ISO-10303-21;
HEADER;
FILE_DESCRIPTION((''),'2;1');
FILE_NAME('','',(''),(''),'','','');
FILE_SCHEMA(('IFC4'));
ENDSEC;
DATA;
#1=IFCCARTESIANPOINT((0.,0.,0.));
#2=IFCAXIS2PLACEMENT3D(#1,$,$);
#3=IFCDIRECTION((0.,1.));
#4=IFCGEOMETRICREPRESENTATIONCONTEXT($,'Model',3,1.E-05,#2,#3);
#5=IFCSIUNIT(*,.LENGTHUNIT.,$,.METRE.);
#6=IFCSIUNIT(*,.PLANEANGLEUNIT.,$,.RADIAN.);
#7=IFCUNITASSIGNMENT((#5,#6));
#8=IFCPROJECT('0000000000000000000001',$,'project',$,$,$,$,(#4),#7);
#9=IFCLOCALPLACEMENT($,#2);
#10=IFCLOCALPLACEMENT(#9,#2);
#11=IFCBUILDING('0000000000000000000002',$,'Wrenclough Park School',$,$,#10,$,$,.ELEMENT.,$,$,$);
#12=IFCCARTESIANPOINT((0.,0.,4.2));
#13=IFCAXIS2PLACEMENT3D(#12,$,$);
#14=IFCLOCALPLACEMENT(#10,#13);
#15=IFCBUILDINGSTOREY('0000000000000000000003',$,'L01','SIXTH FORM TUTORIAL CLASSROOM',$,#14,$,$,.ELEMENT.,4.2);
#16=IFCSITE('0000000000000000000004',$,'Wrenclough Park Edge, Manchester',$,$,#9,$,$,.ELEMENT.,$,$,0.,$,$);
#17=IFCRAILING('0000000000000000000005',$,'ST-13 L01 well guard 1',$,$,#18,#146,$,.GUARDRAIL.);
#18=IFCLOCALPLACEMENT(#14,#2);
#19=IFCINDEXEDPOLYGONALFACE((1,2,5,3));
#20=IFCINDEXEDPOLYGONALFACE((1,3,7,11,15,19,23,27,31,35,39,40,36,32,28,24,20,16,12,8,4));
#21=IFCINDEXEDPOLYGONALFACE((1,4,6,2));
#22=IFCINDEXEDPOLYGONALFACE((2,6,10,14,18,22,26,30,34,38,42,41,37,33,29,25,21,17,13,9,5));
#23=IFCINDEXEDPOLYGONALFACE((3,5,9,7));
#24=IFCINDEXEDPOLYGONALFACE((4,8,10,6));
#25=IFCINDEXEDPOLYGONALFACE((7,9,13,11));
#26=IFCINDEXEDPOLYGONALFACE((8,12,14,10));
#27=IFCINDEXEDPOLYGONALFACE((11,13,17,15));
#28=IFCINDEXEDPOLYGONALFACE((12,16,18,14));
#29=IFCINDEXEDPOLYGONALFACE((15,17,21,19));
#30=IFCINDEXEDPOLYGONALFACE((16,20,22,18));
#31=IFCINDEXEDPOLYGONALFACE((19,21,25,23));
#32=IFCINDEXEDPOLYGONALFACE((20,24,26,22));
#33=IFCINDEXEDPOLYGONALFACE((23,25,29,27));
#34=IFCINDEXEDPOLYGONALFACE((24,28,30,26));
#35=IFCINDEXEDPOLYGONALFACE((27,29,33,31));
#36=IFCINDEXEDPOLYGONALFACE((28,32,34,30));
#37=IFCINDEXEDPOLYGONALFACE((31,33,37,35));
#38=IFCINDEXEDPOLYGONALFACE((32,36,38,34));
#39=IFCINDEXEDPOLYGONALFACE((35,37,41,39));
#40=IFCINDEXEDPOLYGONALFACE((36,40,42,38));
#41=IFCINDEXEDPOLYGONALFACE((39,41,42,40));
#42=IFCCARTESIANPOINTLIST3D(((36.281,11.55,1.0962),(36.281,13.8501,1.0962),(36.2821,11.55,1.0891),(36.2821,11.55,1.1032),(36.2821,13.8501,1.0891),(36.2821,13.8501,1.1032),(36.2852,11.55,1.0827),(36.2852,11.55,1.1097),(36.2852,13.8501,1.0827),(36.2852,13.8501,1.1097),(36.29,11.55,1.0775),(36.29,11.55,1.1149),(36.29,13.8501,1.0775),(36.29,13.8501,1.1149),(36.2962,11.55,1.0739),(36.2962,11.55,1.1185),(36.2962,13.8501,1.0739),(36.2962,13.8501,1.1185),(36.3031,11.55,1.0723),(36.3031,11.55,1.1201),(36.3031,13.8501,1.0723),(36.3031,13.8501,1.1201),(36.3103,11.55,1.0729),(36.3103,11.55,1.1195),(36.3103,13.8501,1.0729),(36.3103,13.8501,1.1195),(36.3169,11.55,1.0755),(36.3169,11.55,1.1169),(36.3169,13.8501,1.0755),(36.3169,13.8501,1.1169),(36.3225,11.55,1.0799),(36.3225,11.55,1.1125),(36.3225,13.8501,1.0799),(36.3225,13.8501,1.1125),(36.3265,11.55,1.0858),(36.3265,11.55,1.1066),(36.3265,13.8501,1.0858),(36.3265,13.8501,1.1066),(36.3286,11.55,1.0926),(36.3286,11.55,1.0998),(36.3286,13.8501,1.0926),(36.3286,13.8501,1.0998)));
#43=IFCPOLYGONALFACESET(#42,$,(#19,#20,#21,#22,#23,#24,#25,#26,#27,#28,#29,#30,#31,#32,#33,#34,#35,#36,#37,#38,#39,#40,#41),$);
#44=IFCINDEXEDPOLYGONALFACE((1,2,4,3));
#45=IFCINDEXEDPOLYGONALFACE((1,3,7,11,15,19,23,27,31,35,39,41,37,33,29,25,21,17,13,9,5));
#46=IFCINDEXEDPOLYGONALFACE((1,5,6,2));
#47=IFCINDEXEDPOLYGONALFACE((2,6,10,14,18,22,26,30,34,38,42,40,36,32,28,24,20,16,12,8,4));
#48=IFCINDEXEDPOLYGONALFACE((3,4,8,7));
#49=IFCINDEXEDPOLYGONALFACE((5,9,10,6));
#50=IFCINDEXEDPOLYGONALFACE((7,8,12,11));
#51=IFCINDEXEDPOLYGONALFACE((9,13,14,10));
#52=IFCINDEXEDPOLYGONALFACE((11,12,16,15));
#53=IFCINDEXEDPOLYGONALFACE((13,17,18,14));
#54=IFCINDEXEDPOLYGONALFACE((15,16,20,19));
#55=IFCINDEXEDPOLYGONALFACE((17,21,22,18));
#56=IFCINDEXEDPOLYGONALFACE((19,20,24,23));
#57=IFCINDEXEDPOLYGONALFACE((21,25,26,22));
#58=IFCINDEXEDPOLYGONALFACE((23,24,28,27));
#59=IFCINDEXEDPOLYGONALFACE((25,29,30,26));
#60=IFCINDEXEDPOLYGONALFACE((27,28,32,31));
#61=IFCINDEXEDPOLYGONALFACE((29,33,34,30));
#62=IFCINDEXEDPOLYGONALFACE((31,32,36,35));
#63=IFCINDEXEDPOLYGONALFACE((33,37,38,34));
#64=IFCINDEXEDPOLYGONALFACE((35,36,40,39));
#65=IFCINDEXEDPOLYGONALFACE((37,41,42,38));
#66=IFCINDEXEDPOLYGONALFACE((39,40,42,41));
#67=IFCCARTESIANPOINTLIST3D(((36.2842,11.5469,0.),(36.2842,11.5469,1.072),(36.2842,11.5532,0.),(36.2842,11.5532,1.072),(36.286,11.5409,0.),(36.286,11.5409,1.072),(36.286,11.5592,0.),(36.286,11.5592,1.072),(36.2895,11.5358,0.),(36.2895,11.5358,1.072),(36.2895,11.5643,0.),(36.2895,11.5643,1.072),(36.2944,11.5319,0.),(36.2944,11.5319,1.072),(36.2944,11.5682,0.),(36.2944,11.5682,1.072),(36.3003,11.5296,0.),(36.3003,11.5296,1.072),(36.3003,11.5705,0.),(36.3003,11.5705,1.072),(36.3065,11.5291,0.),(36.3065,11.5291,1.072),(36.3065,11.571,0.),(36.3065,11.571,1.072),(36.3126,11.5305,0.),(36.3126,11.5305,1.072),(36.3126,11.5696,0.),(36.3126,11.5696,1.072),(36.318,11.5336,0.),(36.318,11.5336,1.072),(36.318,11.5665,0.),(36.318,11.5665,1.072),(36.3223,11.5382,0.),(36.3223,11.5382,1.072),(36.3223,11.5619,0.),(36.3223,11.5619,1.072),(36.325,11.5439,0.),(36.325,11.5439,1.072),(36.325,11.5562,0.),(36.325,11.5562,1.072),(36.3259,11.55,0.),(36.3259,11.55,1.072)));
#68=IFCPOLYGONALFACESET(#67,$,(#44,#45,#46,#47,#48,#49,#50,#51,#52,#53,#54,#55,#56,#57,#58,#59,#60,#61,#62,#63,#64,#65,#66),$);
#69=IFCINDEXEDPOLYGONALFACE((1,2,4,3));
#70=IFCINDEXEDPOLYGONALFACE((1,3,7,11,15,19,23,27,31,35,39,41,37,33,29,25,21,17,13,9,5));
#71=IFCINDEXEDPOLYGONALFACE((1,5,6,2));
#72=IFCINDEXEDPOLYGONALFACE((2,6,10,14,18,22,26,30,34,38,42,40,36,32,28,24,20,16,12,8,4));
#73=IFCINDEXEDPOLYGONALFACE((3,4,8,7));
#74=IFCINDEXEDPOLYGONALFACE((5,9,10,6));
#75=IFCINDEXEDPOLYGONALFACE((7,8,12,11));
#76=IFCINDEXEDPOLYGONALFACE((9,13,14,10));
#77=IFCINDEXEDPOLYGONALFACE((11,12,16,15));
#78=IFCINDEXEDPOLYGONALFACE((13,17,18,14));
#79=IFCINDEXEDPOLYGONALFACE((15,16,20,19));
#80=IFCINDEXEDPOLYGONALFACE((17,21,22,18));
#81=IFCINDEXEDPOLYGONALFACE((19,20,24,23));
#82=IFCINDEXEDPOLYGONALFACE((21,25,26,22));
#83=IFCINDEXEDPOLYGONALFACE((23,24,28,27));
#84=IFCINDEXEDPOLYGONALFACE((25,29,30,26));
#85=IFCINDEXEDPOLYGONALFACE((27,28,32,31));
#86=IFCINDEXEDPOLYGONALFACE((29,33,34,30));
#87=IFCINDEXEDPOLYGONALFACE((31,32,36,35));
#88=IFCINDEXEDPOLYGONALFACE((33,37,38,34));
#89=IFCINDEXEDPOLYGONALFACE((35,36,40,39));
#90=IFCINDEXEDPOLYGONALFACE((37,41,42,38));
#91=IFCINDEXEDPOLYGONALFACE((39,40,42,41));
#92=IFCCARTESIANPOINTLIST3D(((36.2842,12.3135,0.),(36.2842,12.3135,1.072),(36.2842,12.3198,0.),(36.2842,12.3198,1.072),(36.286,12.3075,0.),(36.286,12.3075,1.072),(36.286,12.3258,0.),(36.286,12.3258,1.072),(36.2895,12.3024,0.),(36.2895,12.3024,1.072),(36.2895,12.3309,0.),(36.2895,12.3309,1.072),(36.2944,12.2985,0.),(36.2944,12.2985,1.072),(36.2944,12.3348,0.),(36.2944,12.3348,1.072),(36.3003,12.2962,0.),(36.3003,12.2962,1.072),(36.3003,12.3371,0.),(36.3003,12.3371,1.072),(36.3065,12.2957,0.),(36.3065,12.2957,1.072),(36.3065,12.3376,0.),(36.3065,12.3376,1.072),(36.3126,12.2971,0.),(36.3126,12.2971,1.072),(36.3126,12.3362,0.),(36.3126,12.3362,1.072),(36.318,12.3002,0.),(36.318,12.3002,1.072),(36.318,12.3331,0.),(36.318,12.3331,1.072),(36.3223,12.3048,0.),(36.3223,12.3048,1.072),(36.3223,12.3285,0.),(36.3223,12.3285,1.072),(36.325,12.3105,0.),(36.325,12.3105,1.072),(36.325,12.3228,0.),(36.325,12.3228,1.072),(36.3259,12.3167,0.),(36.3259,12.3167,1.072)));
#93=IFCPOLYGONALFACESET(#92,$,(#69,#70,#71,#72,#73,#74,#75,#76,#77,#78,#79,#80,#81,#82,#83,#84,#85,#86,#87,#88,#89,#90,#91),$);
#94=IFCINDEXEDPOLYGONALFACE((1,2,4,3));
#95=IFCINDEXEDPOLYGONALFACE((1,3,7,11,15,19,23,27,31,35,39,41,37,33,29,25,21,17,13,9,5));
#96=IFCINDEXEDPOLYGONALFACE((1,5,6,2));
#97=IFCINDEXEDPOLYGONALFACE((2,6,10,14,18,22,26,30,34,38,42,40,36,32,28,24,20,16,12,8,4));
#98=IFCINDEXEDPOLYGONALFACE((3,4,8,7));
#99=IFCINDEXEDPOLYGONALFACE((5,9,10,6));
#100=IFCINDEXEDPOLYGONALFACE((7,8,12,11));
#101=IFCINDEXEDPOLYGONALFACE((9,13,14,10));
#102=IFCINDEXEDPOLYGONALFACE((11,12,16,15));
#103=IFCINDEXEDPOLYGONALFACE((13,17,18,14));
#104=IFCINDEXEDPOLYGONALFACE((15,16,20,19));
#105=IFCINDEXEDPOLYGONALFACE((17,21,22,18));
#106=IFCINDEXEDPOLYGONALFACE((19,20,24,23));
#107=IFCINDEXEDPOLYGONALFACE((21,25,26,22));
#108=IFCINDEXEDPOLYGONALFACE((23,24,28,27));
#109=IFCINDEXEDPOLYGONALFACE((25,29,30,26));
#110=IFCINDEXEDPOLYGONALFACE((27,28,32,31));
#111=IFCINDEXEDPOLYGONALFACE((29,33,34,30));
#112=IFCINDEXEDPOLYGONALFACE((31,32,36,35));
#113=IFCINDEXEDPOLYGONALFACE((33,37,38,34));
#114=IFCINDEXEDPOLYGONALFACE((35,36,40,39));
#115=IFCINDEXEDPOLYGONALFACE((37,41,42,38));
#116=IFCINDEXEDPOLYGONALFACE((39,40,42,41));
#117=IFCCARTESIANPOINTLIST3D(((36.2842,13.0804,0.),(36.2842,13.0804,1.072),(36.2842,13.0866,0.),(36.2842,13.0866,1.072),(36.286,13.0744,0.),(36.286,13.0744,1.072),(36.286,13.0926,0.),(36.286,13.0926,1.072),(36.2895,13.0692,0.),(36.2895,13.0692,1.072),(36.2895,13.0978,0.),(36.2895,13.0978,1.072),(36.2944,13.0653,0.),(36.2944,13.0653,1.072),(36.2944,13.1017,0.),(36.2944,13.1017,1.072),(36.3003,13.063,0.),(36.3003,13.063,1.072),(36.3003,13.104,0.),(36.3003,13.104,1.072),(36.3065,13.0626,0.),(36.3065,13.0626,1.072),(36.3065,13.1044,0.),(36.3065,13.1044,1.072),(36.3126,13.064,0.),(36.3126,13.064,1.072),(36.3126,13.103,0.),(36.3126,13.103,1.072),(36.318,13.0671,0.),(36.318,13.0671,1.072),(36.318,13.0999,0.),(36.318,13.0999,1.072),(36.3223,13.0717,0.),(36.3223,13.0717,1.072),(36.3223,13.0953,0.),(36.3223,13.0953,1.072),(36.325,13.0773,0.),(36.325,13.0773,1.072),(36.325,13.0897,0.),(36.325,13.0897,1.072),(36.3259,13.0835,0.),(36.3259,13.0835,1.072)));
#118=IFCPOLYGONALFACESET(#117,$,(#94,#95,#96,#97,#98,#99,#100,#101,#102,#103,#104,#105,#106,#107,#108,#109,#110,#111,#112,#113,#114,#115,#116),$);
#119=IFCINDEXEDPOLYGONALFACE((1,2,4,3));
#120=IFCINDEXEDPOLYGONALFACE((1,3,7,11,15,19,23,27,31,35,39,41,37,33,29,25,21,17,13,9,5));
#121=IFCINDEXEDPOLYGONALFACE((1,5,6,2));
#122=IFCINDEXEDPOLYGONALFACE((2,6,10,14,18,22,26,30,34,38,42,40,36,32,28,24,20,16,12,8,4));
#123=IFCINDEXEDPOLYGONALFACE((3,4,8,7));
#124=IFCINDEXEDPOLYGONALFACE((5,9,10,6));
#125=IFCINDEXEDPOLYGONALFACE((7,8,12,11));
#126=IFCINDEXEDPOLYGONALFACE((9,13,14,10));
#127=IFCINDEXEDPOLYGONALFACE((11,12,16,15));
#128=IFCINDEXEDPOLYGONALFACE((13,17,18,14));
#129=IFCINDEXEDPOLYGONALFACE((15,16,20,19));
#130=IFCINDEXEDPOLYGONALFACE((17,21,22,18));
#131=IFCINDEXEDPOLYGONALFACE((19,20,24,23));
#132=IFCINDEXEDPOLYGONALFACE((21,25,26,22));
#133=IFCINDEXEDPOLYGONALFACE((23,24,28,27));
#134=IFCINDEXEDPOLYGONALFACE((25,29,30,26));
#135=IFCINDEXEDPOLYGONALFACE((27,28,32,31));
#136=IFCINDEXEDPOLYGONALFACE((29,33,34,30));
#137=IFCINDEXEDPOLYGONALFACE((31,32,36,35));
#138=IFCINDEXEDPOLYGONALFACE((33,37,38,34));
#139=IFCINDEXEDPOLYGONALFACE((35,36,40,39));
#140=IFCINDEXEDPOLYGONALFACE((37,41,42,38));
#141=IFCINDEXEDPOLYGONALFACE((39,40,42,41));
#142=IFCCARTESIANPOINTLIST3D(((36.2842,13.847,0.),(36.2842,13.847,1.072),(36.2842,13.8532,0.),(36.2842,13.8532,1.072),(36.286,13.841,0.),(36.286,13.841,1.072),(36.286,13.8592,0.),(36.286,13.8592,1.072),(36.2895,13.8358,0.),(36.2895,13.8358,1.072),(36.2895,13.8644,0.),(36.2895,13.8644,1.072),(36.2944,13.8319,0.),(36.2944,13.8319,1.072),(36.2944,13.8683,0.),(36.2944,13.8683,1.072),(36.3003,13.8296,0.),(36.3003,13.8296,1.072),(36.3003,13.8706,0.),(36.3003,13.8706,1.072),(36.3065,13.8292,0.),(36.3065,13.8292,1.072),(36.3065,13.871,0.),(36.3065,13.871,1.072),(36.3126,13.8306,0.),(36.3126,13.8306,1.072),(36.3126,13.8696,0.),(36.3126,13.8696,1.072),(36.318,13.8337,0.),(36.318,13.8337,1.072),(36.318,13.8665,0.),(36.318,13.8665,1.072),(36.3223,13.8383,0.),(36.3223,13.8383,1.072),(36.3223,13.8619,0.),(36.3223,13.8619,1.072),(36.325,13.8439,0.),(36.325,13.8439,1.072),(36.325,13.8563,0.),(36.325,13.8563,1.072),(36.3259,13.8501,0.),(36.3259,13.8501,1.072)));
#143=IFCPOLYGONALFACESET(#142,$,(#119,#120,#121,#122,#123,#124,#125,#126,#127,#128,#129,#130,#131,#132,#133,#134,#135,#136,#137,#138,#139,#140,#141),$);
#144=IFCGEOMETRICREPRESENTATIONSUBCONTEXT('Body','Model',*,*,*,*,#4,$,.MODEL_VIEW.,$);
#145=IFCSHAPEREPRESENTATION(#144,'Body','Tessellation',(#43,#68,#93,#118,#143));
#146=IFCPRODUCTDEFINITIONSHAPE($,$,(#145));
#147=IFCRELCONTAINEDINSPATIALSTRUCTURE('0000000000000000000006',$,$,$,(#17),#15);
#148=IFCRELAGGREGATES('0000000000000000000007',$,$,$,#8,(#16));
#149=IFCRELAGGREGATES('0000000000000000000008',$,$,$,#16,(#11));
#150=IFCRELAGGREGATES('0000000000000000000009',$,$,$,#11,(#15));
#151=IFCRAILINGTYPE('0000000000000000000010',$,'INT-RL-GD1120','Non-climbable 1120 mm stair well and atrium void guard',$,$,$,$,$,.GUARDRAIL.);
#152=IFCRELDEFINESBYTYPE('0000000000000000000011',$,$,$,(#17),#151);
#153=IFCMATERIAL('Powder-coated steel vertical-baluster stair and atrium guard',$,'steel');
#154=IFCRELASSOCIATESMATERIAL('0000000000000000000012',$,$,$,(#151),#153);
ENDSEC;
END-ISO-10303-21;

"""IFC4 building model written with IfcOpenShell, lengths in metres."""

from ifc_helpers import new_model, si_unit, direction, frame, origin, origin_2d, place, context, subcontext, project, spatial, circle, extrude, material, type_object, element, save


model = new_model("IFC4")

# Units and contexts
model_context = context("Model", 3, precision=1e-05, world=origin(), true_north=direction((0.0, 1.0)))
body_context = subcontext(model_context, "Body", "Model", "MODEL_VIEW")
ifc_project = project(units=[si_unit("LENGTHUNIT", "METRE"), si_unit("PLANEANGLEUNIT", "RADIAN")], contexts=[model_context])

# Site, building, storey
site_placement = place(None, origin())
site = spatial("IfcSite", under=ifc_project, at=site_placement, Name="Wrenclough Park Edge, Manchester", CompositionType="ELEMENT", RefElevation=0.0)
building_placement = place(site_placement, origin())
building = spatial("IfcBuilding", under=site, at=building_placement, Name="Wrenclough Park School", CompositionType="ELEMENT")
storey_placement = place(building_placement, frame((0.0, 0.0, 4.2)))
storey = spatial("IfcBuildingStorey", under=building, at=storey_placement, Name="L01", Description="SIXTH FORM TUTORIAL CLASSROOM", CompositionType="ELEMENT", Elevation=4.2)

# Railing
ifc_material_1 = material(Name="Powder-coated steel vertical-baluster stair and atrium guard", Category="steel")
railing_type_1 = type_object("IfcRailingType", Name="INT-RL-GD1120", Description="Non-climbable 1120 mm stair well and atrium void guard", PredefinedType="GUARDRAIL", material=ifc_material_1)
railing_1_placement = place(storey_placement, frame((36.3049, 11.55, 0.0)))
element("IfcRailing", 1, at=railing_1_placement, inside=storey, type_object=railing_type_1, Name="ST-13 L01 well guard 1", PredefinedType="GUARDRAIL", context=body_context, shape_type="SweptSolid", body=[
    extrude(circle(Radius=0.0239, at=origin_2d()), frame((0.0, 0.0, 1.0962), z_axis=(0.0, 1.0, 0.0), x_axis=(-1.0, 0.0, 0.0)), (0.0, 0.0, 1.0), 2.3),
    extrude(circle(Radius=0.021, at=origin_2d()), origin(), (0.0, 0.0, 1.0), 1.072),
    extrude(circle(Radius=0.021, at=origin_2d()), frame((0.0, 0.7666, 0.0)), (0.0, 0.0, 1.0), 1.072),
    extrude(circle(Radius=0.021, at=origin_2d()), frame((0.0, 1.5334, 0.0)), (0.0, 0.0, 1.0), 1.072),
    extrude(circle(Radius=0.021, at=origin_2d()), frame((0.0, 2.3, 0.0)), (0.0, 0.0, 1.0), 1.072),
])

save(model, "model.ifc")
